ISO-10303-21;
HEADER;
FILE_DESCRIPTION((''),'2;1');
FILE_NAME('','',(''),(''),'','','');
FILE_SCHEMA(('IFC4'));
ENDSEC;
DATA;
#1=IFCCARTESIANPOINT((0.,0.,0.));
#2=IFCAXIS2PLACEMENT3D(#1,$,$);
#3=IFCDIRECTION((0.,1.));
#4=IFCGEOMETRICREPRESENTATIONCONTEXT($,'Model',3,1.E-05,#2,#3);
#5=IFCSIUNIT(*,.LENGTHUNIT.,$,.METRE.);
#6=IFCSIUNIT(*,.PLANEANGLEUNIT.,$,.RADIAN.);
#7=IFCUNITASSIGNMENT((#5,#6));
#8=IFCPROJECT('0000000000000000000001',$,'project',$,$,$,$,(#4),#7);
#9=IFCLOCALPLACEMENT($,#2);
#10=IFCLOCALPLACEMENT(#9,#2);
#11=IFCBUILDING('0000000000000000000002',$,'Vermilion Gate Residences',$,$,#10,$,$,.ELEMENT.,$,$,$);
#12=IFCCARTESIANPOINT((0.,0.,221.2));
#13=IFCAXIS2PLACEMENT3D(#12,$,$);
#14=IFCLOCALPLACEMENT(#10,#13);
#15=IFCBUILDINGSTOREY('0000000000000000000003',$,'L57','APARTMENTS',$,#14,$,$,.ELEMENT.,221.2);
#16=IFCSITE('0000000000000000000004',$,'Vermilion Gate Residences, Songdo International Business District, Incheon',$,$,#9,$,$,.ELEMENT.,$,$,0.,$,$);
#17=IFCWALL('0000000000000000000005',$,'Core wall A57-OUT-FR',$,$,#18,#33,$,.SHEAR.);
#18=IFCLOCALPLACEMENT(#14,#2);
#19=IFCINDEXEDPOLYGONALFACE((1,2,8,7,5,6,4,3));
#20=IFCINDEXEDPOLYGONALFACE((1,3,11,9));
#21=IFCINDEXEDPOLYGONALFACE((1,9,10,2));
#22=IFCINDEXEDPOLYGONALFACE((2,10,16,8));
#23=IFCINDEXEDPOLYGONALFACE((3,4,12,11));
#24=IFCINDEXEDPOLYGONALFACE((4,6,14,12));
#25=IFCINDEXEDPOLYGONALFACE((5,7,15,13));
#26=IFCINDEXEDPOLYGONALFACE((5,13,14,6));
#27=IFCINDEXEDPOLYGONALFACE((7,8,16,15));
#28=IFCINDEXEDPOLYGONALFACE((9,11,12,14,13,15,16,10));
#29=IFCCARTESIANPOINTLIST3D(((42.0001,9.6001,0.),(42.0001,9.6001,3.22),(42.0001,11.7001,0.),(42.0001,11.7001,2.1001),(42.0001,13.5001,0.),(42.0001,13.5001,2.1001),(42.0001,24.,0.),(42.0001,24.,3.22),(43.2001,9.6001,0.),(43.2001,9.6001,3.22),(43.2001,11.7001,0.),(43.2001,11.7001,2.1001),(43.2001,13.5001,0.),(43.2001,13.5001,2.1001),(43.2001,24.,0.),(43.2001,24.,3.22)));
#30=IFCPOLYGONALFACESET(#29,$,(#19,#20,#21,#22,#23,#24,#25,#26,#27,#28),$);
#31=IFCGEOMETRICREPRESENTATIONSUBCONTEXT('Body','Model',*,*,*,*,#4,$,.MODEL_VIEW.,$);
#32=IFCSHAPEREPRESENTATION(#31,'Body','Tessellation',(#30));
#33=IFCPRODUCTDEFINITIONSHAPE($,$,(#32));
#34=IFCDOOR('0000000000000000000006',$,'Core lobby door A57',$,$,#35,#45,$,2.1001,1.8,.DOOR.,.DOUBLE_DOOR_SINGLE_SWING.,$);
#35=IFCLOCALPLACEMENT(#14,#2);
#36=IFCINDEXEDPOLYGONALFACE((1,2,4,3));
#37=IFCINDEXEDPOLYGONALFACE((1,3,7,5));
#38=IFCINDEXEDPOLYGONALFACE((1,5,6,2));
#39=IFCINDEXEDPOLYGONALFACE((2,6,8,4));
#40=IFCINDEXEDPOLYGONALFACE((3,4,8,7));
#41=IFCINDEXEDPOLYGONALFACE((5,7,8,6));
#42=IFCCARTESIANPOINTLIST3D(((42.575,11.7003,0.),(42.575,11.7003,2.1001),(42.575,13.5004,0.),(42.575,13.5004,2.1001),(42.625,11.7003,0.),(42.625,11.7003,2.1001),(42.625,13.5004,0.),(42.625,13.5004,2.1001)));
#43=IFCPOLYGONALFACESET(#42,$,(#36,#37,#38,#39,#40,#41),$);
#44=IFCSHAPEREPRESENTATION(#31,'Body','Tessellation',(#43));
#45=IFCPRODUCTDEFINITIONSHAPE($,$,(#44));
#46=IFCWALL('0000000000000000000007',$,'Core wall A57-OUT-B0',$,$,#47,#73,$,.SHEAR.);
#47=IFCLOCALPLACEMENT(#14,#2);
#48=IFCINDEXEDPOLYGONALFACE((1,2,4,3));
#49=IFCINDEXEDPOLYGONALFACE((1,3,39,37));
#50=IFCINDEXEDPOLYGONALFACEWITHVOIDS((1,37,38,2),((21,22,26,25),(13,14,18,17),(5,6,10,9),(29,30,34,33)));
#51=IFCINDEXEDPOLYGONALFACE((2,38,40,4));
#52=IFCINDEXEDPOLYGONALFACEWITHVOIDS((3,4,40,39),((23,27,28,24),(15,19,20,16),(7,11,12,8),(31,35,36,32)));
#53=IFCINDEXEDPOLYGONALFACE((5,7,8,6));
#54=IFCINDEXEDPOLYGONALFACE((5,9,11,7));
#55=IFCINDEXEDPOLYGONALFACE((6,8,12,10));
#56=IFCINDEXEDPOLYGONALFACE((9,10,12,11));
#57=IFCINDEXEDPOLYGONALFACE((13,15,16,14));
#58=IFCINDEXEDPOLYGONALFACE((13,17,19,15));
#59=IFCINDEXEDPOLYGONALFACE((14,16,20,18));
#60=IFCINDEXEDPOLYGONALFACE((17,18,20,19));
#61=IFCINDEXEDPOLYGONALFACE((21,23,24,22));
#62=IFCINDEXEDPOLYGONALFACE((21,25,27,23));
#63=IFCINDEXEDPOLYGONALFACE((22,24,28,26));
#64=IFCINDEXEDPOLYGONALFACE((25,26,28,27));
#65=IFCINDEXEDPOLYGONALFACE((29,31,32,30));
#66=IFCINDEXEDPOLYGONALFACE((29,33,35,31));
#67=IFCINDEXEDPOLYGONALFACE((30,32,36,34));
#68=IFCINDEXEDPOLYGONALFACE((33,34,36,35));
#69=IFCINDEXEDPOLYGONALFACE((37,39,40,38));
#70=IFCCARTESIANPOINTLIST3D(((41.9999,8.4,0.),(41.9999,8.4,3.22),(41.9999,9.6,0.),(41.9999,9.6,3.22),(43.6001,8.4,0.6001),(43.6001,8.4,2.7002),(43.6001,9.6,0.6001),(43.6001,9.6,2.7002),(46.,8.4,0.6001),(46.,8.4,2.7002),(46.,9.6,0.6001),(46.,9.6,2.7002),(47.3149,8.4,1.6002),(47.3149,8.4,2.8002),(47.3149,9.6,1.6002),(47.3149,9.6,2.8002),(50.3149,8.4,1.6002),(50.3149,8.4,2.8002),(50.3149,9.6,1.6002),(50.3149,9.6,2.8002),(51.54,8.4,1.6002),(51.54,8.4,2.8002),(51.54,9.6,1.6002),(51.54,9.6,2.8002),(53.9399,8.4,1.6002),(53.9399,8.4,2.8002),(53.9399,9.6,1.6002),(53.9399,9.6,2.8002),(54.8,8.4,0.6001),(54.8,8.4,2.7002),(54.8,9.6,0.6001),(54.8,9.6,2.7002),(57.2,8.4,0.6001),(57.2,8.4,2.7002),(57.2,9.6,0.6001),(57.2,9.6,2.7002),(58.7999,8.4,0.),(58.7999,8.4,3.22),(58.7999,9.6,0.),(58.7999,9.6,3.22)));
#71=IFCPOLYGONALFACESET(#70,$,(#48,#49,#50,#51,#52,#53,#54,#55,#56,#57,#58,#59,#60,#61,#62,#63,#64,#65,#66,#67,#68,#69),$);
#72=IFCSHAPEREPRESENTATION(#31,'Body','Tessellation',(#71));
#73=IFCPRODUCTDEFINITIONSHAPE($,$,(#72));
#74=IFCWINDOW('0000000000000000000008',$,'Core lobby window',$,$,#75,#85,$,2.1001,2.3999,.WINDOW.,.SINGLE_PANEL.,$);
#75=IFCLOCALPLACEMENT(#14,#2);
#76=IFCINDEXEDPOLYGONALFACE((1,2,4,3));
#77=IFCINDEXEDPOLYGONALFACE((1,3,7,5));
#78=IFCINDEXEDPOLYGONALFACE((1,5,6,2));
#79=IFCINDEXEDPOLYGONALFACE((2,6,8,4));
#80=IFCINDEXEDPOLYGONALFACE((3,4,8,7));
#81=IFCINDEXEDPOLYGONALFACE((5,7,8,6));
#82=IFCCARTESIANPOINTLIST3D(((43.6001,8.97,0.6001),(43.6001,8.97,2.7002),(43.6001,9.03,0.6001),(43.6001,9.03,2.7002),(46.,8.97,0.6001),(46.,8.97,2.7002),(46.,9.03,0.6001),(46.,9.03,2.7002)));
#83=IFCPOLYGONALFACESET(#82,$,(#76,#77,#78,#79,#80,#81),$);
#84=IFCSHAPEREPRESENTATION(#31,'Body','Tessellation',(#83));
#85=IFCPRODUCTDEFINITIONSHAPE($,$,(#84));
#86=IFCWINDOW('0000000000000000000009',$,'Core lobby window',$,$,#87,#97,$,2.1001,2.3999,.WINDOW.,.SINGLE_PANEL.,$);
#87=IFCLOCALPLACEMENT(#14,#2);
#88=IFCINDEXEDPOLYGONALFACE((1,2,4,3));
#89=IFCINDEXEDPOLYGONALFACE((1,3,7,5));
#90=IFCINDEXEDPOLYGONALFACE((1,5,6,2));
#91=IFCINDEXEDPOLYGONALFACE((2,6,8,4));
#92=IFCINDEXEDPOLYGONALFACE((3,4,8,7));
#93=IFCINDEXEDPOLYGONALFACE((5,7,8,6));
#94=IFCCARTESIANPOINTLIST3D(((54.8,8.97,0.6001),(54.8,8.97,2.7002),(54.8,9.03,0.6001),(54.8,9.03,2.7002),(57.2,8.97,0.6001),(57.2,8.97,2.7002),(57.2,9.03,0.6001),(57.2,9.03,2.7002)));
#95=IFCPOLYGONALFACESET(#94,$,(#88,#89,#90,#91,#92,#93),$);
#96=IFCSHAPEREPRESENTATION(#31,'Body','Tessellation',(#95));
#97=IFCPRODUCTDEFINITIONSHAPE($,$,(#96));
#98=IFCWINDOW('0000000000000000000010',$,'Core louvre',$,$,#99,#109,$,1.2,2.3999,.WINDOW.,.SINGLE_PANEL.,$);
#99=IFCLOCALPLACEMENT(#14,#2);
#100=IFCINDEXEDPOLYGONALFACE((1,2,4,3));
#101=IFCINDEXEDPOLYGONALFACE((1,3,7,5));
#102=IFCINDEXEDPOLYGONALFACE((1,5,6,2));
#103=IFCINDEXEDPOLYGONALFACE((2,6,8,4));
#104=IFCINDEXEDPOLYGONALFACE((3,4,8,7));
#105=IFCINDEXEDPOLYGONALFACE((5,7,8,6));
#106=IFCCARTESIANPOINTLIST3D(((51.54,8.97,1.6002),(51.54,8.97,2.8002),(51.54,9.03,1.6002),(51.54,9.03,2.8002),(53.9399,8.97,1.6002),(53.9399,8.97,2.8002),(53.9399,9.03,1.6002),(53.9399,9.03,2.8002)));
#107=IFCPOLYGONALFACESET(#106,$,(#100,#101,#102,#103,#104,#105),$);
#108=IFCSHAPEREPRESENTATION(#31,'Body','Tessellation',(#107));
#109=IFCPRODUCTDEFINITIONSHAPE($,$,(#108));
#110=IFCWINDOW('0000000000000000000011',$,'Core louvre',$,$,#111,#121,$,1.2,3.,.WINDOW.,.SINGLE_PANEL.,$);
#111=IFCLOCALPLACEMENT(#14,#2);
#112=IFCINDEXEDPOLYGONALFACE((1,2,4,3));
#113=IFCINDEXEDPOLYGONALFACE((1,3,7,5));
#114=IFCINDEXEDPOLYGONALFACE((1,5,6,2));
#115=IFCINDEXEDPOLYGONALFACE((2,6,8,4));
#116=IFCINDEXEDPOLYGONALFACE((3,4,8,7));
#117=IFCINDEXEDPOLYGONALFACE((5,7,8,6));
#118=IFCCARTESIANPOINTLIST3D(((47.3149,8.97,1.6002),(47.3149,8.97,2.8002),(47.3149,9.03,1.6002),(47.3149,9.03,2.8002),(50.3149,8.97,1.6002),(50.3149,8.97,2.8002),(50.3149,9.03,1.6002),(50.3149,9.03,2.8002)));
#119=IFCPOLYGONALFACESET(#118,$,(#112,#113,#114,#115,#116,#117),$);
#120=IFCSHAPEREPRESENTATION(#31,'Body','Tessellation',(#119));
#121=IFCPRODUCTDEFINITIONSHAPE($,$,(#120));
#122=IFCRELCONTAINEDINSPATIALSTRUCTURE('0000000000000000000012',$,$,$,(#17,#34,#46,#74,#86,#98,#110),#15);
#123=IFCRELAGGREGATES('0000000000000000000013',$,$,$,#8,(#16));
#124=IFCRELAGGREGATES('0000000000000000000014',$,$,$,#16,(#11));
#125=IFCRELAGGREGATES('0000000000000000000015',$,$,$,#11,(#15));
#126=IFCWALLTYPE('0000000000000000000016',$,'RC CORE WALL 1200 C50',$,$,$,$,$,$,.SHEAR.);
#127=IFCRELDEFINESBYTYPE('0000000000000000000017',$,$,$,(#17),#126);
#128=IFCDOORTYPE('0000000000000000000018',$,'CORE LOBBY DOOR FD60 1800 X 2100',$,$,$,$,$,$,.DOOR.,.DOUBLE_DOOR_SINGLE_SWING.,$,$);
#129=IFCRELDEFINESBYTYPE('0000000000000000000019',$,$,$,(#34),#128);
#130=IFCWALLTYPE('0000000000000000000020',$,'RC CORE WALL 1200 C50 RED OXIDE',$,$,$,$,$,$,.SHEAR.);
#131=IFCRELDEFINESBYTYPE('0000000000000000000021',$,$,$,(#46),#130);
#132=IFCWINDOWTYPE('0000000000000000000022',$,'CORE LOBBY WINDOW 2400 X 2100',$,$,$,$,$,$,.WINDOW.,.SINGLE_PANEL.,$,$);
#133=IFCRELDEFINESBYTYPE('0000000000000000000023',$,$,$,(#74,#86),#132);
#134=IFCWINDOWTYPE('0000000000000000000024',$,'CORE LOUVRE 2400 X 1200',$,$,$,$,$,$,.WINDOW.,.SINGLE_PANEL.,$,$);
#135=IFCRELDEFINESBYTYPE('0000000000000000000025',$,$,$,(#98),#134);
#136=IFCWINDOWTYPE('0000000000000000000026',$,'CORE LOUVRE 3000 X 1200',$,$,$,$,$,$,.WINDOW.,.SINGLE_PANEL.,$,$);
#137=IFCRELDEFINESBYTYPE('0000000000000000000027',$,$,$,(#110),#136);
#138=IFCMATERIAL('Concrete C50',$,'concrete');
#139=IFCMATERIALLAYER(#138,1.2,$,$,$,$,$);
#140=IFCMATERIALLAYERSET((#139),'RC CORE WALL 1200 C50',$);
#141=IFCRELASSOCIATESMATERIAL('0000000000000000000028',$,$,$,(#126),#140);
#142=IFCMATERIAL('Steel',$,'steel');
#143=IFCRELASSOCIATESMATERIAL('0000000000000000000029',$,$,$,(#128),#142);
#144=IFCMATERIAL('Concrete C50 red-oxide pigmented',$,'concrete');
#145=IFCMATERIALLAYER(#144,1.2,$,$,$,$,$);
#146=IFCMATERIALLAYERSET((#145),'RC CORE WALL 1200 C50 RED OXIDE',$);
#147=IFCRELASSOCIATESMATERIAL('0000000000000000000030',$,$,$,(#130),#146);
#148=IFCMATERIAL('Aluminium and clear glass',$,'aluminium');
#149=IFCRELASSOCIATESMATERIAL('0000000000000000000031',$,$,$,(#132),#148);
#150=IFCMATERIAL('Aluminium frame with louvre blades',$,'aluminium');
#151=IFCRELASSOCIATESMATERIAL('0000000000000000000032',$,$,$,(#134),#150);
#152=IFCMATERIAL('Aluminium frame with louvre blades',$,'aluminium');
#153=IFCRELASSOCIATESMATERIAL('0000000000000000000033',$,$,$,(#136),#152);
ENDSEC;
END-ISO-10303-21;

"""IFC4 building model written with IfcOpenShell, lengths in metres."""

from ifc_helpers import new_model, si_unit, direction, frame, frame_2d, origin, place, context, subcontext, project, spatial, rectangle, extrude, material, layer, layer_set, type_object, element, fill, save


model = new_model("IFC4")

# Units and contexts
model_context = context("Model", 3, precision=1e-05, world=origin(), true_north=direction((0.0, 1.0)))
body_context = subcontext(model_context, "Body", "Model", "MODEL_VIEW")
ifc_project = project(units=[si_unit("LENGTHUNIT", "METRE"), si_unit("PLANEANGLEUNIT", "RADIAN")], contexts=[model_context])

# Site, building, storey
site_placement = place(None, origin())
site = spatial("IfcSite", under=ifc_project, at=site_placement, Name="Vermilion Gate Residences, Songdo International Business District, Incheon", CompositionType="ELEMENT", RefElevation=0.0)
building_placement = place(site_placement, origin())
building = spatial("IfcBuilding", under=site, at=building_placement, Name="Vermilion Gate Residences", CompositionType="ELEMENT")
storey_placement = place(building_placement, frame((0.0, 0.0, 221.2)))
storey = spatial("IfcBuildingStorey", under=building, at=storey_placement, Name="L57", Description="APARTMENTS", CompositionType="ELEMENT", Elevation=221.2)

# Wall, opening, door
ifc_material_1 = material(Name="Concrete C50", Category="concrete")
ifc_layer_1 = layer(ifc_material_1, 1.2)
ifc_layer_set_1 = layer_set([ifc_layer_1], Name="RC CORE WALL 1200 C50")
wall_type_1 = type_object("IfcWallType", Name="RC CORE WALL 1200 C50", PredefinedType="SHEAR", material=ifc_layer_set_1)
wall_1_placement = place(storey_placement, frame((42.6001, 9.6001, 0.0), z_axis=(0.0, 0.0, 1.0), x_axis=(0.0, 1.0, 0.0)))
wall_1 = element("IfcWall", 1, at=wall_1_placement, inside=storey, type_object=wall_type_1, Name="Core wall A57-OUT-FR", PredefinedType="SHEAR", context=body_context, shape_type="SweptSolid", body=[
    extrude(rectangle(XDim=14.3999, YDim=1.2, at=frame_2d((7.2, 0.0))), origin(), (0.0, 0.0, 1.0), 3.22),
])
opening_1_placement = place(wall_1_placement, frame((2.1001, 0.0, 0.0)))
opening_1 = element("IfcOpeningElement", 2, at=opening_1_placement, cuts=wall_1, PredefinedType="OPENING", context=body_context, shape_type="SweptSolid", body=[
    extrude(rectangle(XDim=1.8, YDim=2.1001, at=frame_2d((0.8999, 1.05))), frame((0.0, 0.6099, 0.0), z_axis=(0.0, -1.0, 0.0), x_axis=(1.0, 0.0, 0.0)), (0.0, 0.0, 1.0), 1.22),
])
ifc_material_2 = material(Name="Steel", Category="steel")
door_type_1 = type_object("IfcDoorType", Name="CORE LOBBY DOOR FD60 1800 X 2100", OperationType="DOUBLE_DOOR_SINGLE_SWING", PredefinedType="DOOR", material=ifc_material_2)
door_1_placement = place(opening_1_placement, frame((1.8, 0.0, 0.0), z_axis=(0.0, 0.0, 1.0), x_axis=(-1.0, 0.0, 0.0)))
door_1 = element("IfcDoor", 3, at=door_1_placement, inside=storey, type_object=door_type_1, Name="Core lobby door A57", OperationType="DOUBLE_DOOR_SINGLE_SWING", OverallHeight=2.1001, OverallWidth=1.8, PredefinedType="DOOR", context=body_context, shape_type="SweptSolid", body=[
    extrude(rectangle(XDim=1.8, YDim=2.1001, at=frame_2d((0.8999, 1.05))), frame((0.0, 0.0249, 0.0), z_axis=(0.0, -1.0, 0.0), x_axis=(1.0, 0.0, 0.0)), (0.0, 0.0, 1.0), 0.05),
])
fill(opening_1, door_1)

# Wall, openings, windows
ifc_material_3 = material(Name="Concrete C50 red-oxide pigmented", Category="concrete")
ifc_layer_2 = layer(ifc_material_3, 1.2)
ifc_layer_set_2 = layer_set([ifc_layer_2], Name="RC CORE WALL 1200 C50 RED OXIDE")
wall_type_2 = type_object("IfcWallType", Name="RC CORE WALL 1200 C50 RED OXIDE", PredefinedType="SHEAR", material=ifc_layer_set_2)
wall_2_placement = place(storey_placement, frame((42.0, 9.0, 0.0), z_axis=(0.0, 0.0, 1.0), x_axis=(1.0, 0.0, 0.0)))
wall_2 = element("IfcWall", 4, at=wall_2_placement, inside=storey, type_object=wall_type_2, Name="Core wall A57-OUT-B0", PredefinedType="SHEAR", context=body_context, shape_type="SweptSolid", body=[
    extrude(rectangle(XDim=16.8, YDim=1.2, at=frame_2d((8.3999, 0.0))), origin(), (0.0, 0.0, 1.0), 3.22),
])
opening_2_placement = place(wall_2_placement, frame((1.6001, 0.0, 0.6001)))
opening_2 = element("IfcOpeningElement", 5, at=opening_2_placement, cuts=wall_2, PredefinedType="OPENING", context=body_context, shape_type="SweptSolid", body=[
    extrude(rectangle(XDim=2.3999, YDim=2.1001, at=frame_2d((1.2, 1.05))), frame((0.0, 0.6099, 0.0), z_axis=(0.0, -1.0, 0.0), x_axis=(1.0, 0.0, 0.0)), (0.0, 0.0, 1.0), 1.22),
])
opening_3_placement = place(wall_2_placement, frame((5.3149, 0.0, 1.6001)))
opening_3 = element("IfcOpeningElement", 6, at=opening_3_placement, cuts=wall_2, PredefinedType="OPENING", context=body_context, shape_type="SweptSolid", body=[
    extrude(rectangle(XDim=3.0, YDim=1.2, at=frame_2d((1.5, 0.6001))), frame((0.0, 0.6099, 0.0), z_axis=(0.0, -1.0, 0.0), x_axis=(1.0, 0.0, 0.0)), (0.0, 0.0, 1.0), 1.22),
])
opening_4_placement = place(wall_2_placement, frame((9.54, 0.0, 1.6001)))
opening_4 = element("IfcOpeningElement", 7, at=opening_4_placement, cuts=wall_2, PredefinedType="OPENING", context=body_context, shape_type="SweptSolid", body=[
    extrude(rectangle(XDim=2.3999, YDim=1.2, at=frame_2d((1.2, 0.6001))), frame((0.0, 0.6099, 0.0), z_axis=(0.0, -1.0, 0.0), x_axis=(1.0, 0.0, 0.0)), (0.0, 0.0, 1.0), 1.22),
])
opening_5_placement = place(wall_2_placement, frame((12.8, 0.0, 0.6001)))
opening_5 = element("IfcOpeningElement", 8, at=opening_5_placement, cuts=wall_2, PredefinedType="OPENING", context=body_context, shape_type="SweptSolid", body=[
    extrude(rectangle(XDim=2.3999, YDim=2.1001, at=frame_2d((1.2, 1.05))), frame((0.0, 0.6099, 0.0), z_axis=(0.0, -1.0, 0.0), x_axis=(1.0, 0.0, 0.0)), (0.0, 0.0, 1.0), 1.22),
])
ifc_material_4 = material(Name="Aluminium and clear glass", Category="aluminium")
window_type_1 = type_object("IfcWindowType", Name="CORE LOBBY WINDOW 2400 X 2100", PartitioningType="SINGLE_PANEL", PredefinedType="WINDOW", material=ifc_material_4)
window_1_placement = place(opening_2_placement, origin())
window_1 = element("IfcWindow", 9, at=window_1_placement, inside=storey, type_object=window_type_1, Name="Core lobby window", OverallHeight=2.1001, OverallWidth=2.3999, PartitioningType="SINGLE_PANEL", PredefinedType="WINDOW", context=body_context, shape_type="SweptSolid", body=[
    extrude(rectangle(XDim=2.3999, YDim=2.1001, at=frame_2d((1.2, 1.05))), frame((0.0, 0.03, 0.0), z_axis=(0.0, -1.0, 0.0), x_axis=(1.0, 0.0, 0.0)), (0.0, 0.0, 1.0), 0.0601),
])
fill(opening_2, window_1)
window_2_placement = place(opening_5_placement, origin())
window_2 = element("IfcWindow", 10, at=window_2_placement, inside=storey, type_object=window_type_1, Name="Core lobby window", OverallHeight=2.1001, OverallWidth=2.3999, PartitioningType="SINGLE_PANEL", PredefinedType="WINDOW", context=body_context, shape_type="SweptSolid", body=[
    extrude(rectangle(XDim=2.3999, YDim=2.1001, at=frame_2d((1.2, 1.05))), frame((0.0, 0.03, 0.0), z_axis=(0.0, -1.0, 0.0), x_axis=(1.0, 0.0, 0.0)), (0.0, 0.0, 1.0), 0.0601),
])
fill(opening_5, window_2)
ifc_material_5 = material(Name="Aluminium frame with louvre blades", Category="aluminium")
window_type_2 = type_object("IfcWindowType", Name="CORE LOUVRE 2400 X 1200", PartitioningType="SINGLE_PANEL", PredefinedType="WINDOW", material=ifc_material_5)
window_3_placement = place(opening_4_placement, origin())
window_3 = element("IfcWindow", 11, at=window_3_placement, inside=storey, type_object=window_type_2, Name="Core louvre", OverallHeight=1.2, OverallWidth=2.3999, PartitioningType="SINGLE_PANEL", PredefinedType="WINDOW", context=body_context, shape_type="SweptSolid", body=[
    extrude(rectangle(XDim=2.3999, YDim=1.2, at=frame_2d((1.2, 0.6001))), frame((0.0, 0.03, 0.0), z_axis=(0.0, -1.0, 0.0), x_axis=(1.0, 0.0, 0.0)), (0.0, 0.0, 1.0), 0.0601),
])
fill(opening_4, window_3)
ifc_material_6 = material(Name="Aluminium frame with louvre blades", Category="aluminium")
window_type_3 = type_object("IfcWindowType", Name="CORE LOUVRE 3000 X 1200", PartitioningType="SINGLE_PANEL", PredefinedType="WINDOW", material=ifc_material_6)
window_4_placement = place(opening_3_placement, origin())
window_4 = element("IfcWindow", 12, at=window_4_placement, inside=storey, type_object=window_type_3, Name="Core louvre", OverallHeight=1.2, OverallWidth=3.0, PartitioningType="SINGLE_PANEL", PredefinedType="WINDOW", context=body_context, shape_type="SweptSolid", body=[
    extrude(rectangle(XDim=3.0, YDim=1.2, at=frame_2d((1.5, 0.6001))), frame((0.0, 0.03, 0.0), z_axis=(0.0, -1.0, 0.0), x_axis=(1.0, 0.0, 0.0)), (0.0, 0.0, 1.0), 0.0601),
])
fill(opening_3, window_4)

save(model, "model.ifc")
